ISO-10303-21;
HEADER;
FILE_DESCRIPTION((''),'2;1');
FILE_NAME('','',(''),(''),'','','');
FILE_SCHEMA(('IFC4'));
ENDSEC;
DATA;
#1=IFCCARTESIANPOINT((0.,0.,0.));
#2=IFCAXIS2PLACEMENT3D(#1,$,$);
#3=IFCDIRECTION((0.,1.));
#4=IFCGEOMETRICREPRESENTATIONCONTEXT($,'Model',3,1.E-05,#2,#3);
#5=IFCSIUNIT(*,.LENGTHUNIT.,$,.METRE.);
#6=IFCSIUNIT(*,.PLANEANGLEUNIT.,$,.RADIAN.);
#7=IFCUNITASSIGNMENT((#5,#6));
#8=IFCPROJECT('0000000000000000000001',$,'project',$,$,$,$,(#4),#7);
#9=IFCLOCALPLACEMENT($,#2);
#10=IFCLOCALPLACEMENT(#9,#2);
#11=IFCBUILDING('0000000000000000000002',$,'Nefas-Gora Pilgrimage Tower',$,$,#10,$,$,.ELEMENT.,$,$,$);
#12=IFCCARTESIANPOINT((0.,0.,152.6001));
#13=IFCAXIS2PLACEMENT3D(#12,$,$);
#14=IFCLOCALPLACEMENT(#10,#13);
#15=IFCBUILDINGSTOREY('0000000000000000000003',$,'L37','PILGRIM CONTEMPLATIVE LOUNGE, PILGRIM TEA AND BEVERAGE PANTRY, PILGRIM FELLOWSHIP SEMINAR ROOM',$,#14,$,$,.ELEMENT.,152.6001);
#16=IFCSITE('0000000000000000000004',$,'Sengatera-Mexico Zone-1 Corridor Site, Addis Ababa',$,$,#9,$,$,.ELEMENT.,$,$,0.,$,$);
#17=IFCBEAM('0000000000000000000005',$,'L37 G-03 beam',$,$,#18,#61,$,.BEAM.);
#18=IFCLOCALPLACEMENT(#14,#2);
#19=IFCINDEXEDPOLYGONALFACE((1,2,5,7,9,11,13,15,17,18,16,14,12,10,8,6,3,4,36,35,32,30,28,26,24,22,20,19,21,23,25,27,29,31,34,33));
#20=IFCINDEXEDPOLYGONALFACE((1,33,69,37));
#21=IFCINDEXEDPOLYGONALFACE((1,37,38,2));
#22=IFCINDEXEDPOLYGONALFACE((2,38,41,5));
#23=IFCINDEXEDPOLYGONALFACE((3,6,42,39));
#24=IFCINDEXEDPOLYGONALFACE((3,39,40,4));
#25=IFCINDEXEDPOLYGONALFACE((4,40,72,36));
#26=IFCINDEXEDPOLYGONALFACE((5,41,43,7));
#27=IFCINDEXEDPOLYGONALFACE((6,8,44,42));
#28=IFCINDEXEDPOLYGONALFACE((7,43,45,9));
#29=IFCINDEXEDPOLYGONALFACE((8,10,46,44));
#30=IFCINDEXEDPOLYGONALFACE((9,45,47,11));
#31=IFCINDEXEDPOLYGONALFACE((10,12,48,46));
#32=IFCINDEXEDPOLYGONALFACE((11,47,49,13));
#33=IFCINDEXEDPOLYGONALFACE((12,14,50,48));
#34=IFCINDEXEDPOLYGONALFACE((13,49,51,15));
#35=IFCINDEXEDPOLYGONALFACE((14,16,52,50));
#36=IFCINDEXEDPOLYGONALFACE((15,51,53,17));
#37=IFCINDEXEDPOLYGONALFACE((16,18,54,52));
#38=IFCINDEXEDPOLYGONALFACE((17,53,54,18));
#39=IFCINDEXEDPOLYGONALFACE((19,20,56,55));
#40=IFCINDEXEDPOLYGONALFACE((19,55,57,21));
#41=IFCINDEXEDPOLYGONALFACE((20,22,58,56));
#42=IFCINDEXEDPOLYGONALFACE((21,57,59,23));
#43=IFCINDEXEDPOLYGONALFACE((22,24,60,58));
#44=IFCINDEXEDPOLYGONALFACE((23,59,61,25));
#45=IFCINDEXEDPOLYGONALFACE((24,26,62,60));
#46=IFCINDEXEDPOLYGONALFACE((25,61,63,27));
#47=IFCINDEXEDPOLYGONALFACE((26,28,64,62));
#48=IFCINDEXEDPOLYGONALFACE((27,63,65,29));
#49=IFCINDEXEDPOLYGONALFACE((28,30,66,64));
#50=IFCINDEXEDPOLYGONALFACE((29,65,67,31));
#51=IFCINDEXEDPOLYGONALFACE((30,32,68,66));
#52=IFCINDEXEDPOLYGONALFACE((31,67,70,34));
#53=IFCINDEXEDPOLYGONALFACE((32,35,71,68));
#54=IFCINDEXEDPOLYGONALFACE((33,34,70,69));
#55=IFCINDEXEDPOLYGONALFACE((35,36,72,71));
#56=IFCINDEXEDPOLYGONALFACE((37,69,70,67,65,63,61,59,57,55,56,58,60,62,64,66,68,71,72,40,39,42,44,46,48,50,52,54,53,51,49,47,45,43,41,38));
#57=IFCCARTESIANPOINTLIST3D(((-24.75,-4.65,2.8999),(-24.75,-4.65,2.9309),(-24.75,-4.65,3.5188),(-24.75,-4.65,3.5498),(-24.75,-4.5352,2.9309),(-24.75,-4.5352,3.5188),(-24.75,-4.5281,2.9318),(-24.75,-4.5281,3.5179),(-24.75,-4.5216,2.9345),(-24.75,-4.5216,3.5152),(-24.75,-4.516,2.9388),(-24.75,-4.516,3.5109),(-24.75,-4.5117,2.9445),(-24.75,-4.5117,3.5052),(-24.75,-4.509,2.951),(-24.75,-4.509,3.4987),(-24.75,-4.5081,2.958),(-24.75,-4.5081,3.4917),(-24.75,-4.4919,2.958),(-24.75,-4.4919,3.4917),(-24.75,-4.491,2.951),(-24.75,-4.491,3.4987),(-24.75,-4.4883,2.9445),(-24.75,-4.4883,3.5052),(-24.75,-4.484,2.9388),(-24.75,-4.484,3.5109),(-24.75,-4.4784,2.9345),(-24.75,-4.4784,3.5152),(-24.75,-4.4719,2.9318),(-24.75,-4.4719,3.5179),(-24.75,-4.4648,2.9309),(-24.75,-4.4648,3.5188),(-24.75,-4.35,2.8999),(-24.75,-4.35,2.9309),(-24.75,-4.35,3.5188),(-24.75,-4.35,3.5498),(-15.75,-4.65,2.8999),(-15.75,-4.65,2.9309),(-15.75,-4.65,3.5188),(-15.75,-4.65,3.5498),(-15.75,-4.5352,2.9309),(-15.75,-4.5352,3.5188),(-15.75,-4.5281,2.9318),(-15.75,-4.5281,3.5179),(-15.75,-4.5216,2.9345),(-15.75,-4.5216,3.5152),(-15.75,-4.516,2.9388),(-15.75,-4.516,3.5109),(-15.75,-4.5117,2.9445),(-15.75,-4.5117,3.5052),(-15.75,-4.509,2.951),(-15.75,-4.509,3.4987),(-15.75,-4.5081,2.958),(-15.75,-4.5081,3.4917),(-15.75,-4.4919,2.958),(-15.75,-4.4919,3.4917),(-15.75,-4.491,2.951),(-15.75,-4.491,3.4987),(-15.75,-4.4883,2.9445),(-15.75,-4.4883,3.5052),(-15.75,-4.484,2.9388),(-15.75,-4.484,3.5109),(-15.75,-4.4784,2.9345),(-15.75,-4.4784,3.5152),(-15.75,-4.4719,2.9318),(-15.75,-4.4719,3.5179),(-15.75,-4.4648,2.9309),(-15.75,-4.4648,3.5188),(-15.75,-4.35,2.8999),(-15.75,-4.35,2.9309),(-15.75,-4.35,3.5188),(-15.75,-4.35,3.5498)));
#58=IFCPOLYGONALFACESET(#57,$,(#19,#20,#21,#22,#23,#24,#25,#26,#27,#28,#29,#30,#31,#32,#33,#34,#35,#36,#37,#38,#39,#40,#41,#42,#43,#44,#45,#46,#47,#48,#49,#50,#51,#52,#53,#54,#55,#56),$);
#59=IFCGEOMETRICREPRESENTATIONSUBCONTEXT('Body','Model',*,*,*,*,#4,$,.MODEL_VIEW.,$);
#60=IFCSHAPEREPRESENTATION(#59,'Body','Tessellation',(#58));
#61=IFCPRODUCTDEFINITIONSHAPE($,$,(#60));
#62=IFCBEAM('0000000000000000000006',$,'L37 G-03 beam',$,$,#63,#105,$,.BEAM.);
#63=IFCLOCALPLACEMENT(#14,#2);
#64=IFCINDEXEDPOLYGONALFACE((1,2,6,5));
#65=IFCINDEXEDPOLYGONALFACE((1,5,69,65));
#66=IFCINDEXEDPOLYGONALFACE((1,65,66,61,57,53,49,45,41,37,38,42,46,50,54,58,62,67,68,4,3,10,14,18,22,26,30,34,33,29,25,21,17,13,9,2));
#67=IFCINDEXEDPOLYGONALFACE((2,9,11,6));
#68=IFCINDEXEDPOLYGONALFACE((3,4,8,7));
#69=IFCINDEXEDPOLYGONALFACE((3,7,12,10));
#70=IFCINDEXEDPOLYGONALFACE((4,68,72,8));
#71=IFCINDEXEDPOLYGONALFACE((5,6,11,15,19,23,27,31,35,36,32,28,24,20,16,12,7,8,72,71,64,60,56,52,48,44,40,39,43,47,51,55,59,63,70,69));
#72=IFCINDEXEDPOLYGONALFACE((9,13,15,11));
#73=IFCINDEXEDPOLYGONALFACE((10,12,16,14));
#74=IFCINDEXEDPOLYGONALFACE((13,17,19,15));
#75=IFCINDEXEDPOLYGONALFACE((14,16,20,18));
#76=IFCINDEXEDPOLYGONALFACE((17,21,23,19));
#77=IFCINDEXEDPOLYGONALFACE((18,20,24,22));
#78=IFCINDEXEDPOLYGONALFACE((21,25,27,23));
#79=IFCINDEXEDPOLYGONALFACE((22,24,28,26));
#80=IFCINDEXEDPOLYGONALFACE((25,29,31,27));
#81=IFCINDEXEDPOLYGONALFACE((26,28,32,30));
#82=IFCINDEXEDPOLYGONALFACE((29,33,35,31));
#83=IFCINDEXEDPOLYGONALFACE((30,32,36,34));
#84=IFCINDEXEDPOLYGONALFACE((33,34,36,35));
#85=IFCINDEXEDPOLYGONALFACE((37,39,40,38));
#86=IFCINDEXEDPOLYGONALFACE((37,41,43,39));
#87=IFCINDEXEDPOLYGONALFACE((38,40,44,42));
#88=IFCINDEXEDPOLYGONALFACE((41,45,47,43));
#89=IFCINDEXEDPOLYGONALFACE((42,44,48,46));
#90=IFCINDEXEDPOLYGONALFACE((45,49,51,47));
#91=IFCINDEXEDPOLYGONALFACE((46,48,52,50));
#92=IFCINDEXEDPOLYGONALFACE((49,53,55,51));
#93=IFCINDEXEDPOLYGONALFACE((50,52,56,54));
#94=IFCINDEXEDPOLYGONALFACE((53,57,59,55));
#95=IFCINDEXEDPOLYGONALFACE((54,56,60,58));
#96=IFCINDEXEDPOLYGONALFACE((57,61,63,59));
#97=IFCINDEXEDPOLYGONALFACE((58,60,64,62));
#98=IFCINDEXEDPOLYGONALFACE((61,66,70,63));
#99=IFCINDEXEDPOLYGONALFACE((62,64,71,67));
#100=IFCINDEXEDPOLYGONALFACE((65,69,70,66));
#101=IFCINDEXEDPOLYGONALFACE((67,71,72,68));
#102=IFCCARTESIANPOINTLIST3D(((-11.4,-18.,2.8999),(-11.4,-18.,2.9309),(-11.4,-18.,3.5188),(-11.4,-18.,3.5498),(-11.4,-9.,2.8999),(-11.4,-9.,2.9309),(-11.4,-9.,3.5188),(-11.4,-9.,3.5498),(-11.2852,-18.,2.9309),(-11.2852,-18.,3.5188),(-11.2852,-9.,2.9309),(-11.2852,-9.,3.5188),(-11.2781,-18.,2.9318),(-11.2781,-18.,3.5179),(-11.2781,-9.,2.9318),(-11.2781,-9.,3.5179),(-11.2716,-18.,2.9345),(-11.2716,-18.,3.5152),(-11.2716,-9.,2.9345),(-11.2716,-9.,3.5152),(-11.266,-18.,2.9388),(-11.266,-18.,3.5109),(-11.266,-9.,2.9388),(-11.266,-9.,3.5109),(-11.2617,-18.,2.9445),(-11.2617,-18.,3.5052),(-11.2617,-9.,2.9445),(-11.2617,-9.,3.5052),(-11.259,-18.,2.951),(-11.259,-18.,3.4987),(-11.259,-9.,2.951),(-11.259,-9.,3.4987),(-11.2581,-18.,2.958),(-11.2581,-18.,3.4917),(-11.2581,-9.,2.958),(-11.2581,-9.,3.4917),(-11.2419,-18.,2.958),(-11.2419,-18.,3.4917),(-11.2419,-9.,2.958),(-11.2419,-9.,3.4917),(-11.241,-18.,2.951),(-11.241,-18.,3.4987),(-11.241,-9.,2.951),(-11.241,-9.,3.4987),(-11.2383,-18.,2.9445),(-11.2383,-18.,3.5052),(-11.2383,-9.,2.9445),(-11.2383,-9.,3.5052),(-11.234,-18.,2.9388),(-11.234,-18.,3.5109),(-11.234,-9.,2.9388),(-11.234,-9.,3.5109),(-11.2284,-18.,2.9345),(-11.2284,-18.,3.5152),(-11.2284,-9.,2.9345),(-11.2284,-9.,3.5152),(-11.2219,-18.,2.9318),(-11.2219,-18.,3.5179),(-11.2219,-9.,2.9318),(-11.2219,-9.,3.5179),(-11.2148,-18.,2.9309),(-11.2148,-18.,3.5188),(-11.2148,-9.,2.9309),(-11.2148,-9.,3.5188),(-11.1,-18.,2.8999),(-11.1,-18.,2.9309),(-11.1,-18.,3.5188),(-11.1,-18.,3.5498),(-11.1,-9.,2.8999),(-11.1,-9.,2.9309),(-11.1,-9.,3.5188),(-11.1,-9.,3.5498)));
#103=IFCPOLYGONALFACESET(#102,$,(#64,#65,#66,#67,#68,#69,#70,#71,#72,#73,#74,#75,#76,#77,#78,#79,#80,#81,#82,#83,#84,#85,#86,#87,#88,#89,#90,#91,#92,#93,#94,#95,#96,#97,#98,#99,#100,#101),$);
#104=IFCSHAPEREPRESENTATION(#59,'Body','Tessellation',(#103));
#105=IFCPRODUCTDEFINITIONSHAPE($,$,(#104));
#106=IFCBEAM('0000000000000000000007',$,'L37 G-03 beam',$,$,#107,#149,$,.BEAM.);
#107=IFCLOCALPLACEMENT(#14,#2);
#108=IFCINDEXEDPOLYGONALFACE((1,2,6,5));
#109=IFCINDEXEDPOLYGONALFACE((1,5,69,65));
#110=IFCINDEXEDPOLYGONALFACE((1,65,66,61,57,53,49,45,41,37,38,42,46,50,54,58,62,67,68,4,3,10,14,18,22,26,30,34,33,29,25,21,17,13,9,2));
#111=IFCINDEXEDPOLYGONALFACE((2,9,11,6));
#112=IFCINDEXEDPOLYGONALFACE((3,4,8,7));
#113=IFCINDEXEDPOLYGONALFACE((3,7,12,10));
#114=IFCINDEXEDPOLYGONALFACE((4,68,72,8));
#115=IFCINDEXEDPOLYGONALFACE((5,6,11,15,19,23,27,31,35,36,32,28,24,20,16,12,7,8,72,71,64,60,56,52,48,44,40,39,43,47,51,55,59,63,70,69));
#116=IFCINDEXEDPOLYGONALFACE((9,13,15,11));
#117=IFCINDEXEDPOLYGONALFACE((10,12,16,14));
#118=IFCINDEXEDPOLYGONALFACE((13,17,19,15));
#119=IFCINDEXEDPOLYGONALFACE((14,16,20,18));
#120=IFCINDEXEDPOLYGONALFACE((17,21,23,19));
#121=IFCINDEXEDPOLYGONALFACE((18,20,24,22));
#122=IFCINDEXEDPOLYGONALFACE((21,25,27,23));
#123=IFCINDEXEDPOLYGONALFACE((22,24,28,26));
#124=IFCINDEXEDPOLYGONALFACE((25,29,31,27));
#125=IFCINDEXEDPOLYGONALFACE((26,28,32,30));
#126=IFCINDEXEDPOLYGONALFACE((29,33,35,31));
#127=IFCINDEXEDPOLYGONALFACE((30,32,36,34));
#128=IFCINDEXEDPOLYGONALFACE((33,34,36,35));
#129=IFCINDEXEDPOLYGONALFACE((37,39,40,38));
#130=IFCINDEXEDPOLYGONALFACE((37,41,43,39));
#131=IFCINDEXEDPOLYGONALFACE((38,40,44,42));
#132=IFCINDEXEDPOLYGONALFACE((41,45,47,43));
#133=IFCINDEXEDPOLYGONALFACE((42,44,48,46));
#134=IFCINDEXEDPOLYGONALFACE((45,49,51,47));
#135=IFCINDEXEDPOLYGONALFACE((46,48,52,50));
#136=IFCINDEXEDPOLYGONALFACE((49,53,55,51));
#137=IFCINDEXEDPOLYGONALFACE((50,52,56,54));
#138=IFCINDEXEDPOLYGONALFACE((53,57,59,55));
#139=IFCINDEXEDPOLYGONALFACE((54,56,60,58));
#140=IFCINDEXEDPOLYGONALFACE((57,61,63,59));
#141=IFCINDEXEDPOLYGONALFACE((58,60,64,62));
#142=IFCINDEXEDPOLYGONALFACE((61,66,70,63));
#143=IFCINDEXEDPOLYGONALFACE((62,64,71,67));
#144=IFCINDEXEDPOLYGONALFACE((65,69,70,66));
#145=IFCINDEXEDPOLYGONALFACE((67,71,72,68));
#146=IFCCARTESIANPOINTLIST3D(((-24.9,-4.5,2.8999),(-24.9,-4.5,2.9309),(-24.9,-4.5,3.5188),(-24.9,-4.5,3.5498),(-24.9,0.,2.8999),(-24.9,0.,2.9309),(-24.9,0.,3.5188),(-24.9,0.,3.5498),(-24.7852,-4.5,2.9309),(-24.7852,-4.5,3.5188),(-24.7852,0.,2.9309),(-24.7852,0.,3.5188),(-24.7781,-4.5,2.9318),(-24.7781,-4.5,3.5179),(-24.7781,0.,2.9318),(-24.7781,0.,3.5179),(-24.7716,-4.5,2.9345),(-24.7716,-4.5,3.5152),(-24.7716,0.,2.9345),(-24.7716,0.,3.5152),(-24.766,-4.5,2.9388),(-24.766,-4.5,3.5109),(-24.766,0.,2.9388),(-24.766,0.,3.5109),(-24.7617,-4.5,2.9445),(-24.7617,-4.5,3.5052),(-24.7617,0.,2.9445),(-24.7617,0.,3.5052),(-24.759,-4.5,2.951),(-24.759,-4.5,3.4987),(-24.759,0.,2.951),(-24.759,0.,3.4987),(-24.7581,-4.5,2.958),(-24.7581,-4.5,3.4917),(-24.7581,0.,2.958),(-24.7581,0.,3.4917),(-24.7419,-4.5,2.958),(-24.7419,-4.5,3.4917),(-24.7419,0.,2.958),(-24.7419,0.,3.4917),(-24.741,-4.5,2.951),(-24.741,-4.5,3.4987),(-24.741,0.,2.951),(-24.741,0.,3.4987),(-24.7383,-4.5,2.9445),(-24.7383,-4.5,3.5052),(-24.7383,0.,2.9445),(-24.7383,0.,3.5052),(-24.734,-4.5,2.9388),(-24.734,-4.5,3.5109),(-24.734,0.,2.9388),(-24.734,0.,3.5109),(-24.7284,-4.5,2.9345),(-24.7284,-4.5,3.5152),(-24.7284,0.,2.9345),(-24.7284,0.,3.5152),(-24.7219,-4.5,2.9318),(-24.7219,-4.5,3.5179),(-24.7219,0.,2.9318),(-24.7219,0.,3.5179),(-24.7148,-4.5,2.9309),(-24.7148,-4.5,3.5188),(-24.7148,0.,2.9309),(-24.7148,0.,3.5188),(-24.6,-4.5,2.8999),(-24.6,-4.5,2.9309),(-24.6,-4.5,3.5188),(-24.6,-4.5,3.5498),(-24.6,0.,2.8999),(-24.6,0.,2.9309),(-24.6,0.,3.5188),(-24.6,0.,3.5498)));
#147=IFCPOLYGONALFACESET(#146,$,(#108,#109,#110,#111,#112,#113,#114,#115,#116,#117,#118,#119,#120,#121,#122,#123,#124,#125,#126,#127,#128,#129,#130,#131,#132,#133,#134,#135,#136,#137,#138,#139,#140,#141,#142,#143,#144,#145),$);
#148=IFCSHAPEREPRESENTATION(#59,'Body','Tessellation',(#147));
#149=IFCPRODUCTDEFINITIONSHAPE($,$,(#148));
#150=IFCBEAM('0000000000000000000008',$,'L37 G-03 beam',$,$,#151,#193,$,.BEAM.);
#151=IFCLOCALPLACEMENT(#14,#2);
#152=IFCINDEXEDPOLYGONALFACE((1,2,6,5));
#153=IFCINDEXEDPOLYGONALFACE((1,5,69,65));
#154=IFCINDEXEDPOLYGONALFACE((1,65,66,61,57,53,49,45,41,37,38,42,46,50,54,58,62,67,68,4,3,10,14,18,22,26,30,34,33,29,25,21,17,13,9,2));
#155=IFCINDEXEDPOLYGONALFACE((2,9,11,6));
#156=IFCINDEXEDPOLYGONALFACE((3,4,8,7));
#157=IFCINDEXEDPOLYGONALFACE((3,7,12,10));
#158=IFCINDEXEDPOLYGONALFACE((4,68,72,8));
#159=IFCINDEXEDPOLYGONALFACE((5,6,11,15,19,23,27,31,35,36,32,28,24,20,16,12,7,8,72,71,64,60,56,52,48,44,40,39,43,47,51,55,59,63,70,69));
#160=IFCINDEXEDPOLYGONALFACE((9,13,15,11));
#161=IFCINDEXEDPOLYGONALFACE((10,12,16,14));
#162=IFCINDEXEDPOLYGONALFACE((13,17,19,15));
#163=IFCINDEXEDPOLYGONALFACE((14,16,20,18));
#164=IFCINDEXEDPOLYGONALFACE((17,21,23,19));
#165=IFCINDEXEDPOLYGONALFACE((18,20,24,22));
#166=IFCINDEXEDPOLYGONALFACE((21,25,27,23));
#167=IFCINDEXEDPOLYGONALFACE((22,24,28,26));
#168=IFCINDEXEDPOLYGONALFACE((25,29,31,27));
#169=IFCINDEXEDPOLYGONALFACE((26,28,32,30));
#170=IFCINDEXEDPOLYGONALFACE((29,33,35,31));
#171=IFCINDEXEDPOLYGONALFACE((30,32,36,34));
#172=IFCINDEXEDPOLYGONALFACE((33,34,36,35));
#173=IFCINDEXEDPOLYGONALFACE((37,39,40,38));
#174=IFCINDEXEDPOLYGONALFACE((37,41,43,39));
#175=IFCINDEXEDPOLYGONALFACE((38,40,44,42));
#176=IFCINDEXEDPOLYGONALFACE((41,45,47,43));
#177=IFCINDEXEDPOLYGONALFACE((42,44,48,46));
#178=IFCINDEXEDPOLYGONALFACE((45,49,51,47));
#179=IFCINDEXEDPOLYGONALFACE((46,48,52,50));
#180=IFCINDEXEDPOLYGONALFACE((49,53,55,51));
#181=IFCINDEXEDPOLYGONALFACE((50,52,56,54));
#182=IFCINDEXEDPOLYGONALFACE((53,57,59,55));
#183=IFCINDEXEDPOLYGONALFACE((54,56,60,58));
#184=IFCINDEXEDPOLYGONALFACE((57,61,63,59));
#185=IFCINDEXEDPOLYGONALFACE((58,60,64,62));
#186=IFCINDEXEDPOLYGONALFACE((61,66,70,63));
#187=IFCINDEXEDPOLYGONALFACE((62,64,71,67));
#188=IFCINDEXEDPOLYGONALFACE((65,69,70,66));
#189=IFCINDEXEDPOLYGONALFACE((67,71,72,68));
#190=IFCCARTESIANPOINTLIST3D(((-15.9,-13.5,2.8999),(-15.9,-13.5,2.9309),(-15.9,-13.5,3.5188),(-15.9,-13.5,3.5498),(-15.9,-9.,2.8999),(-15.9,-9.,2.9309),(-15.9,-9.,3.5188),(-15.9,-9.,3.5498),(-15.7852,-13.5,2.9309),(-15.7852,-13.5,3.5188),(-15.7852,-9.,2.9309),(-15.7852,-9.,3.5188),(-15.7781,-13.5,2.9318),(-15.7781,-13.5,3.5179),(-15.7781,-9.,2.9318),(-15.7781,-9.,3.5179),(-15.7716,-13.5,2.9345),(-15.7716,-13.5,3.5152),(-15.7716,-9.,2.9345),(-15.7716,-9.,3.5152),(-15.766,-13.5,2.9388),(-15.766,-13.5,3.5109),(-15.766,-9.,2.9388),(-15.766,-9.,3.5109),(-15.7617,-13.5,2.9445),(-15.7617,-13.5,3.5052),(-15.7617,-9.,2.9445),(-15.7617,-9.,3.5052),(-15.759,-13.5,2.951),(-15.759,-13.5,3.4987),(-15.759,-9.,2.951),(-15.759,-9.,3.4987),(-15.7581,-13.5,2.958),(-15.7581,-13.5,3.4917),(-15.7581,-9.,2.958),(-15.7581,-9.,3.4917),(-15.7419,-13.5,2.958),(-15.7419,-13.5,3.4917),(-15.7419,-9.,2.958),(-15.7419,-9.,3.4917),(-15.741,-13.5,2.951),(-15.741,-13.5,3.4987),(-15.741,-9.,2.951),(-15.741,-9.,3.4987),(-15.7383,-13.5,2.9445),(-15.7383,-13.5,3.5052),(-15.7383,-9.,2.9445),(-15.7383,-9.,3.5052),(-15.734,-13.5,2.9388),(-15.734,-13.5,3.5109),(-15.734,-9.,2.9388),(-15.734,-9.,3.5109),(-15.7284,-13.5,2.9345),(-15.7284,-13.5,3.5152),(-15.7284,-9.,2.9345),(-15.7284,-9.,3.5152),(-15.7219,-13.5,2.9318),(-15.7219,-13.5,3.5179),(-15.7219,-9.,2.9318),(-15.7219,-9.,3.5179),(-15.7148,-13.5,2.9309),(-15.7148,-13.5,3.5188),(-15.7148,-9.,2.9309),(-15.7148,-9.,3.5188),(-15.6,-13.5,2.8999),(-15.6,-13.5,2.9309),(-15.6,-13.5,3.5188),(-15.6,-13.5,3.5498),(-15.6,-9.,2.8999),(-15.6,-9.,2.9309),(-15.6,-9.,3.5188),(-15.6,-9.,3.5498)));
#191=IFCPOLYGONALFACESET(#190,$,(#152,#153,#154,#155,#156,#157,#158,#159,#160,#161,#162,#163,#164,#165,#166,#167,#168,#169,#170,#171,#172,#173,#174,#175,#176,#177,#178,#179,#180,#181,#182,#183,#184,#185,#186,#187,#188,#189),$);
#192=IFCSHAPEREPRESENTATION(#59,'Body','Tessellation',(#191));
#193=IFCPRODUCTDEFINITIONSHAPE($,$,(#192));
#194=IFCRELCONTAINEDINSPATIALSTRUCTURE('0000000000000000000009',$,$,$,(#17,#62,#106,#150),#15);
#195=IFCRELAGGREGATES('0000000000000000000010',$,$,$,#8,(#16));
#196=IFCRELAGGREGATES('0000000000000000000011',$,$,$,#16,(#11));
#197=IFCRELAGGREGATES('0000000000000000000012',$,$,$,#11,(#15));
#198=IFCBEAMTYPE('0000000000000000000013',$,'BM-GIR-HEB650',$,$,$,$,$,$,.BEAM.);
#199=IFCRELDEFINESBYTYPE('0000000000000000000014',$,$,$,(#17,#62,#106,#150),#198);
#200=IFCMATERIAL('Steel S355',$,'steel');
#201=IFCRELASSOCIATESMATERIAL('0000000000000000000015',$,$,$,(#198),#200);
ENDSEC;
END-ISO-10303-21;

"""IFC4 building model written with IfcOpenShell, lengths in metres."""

from ifc_helpers import new_model, si_unit, direction, frame, origin, origin_2d, place, context, subcontext, project, spatial, i_section, extrude, source, transform, mapped, material, material_profile, profile_set, type_object, element, save


model = new_model("IFC4")

# Units and contexts
model_context = context("Model", 3, precision=1e-05, world=origin(), true_north=direction((0.0, 1.0)))
body_context = subcontext(model_context, "Body", "Model", "MODEL_VIEW")
ifc_project = project(units=[si_unit("LENGTHUNIT", "METRE"), si_unit("PLANEANGLEUNIT", "RADIAN")], contexts=[model_context])

# Site, building, storey
site_placement = place(None, origin())
site = spatial("IfcSite", under=ifc_project, at=site_placement, Name="Sengatera-Mexico Zone-1 Corridor Site, Addis Ababa", CompositionType="ELEMENT", RefElevation=0.0)
building_placement = place(site_placement, origin())
building = spatial("IfcBuilding", under=site, at=building_placement, Name="Nefas-Gora Pilgrimage Tower", CompositionType="ELEMENT")
storey_placement = place(building_placement, frame((0.0, 0.0, 152.6001)))
storey = spatial("IfcBuildingStorey", under=building, at=storey_placement, Name="L37", Description="PILGRIM CONTEMPLATIVE LOUNGE, PILGRIM TEA AND BEVERAGE PANTRY, PILGRIM FELLOWSHIP SEMINAR ROOM", CompositionType="ELEMENT", Elevation=152.6001)

# Beams
ifc_material_1 = material(Name="Steel S355", Category="steel")
ifc_material_profile_1 = material_profile(ifc_material_1, i_section(OverallWidth=0.3, OverallDepth=0.6499, WebThickness=0.0161, FlangeThickness=0.031, FilletRadius=0.0271, at=origin_2d()), Name="HEB 650")
ifc_profile_set_1 = profile_set([ifc_material_profile_1], Name="Steel S355")
beam_type = type_object("IfcBeamType", Name="BM-GIR-HEB650", PredefinedType="BEAM", material=ifc_profile_set_1)
shared_shape_1 = source(origin(), body_context, "Body", "SweptSolid", [
    extrude(i_section(OverallWidth=0.3, OverallDepth=0.6499, WebThickness=0.0161, FlangeThickness=0.031, FilletRadius=0.0271, at=origin_2d()), origin(), (0.0, 0.0, 1.0), 9.0),
])
for number, where, z_axis, x_axis, name in (
    (1, (-24.75, -4.5, 3.2249), (1.0, 0.0, 0.0), (0.0, 1.0, 0.0), "L37 G-03 beam"),
    (2, (-11.25, -18.0, 3.2249), (0.0, 1.0, 0.0), (-1.0, 0.0, 0.0), "L37 G-03 beam"),
):
    element("IfcBeam", number, at=place(storey_placement, frame(where, z_axis=z_axis, x_axis=x_axis)), inside=storey, type_object=beam_type, Name=name, PredefinedType="BEAM", context=body_context, shape_type="MappedRepresentation", body=[
        mapped(shared_shape_1, transform((0.0, 0.0, 0.0), x_axis=(1.0, 0.0, 0.0), y_axis=(0.0, 1.0, 0.0), z_axis=(0.0, 0.0, 1.0), scale=1.0)),
    ])
shared_shape_2 = source(origin(), body_context, "Body", "SweptSolid", [
    extrude(i_section(OverallWidth=0.3, OverallDepth=0.6499, WebThickness=0.0161, FlangeThickness=0.031, FilletRadius=0.0271, at=origin_2d()), origin(), (0.0, 0.0, 1.0), 4.5),
])
for number, where, z_axis, x_axis, name in (
    (3, (-24.75, -4.5, 3.2249), (0.0, 1.0, 0.0), (-1.0, 0.0, 0.0), "L37 G-03 beam"),
    (4, (-15.75, -13.5, 3.2249), (0.0, 1.0, 0.0), (-1.0, 0.0, 0.0), "L37 G-03 beam"),
):
    element("IfcBeam", number, at=place(storey_placement, frame(where, z_axis=z_axis, x_axis=x_axis)), inside=storey, type_object=beam_type, Name=name, PredefinedType="BEAM", context=body_context, shape_type="MappedRepresentation", body=[
        mapped(shared_shape_2, transform((0.0, 0.0, 0.0), x_axis=(1.0, 0.0, 0.0), y_axis=(0.0, 1.0, 0.0), z_axis=(0.0, 0.0, 1.0), scale=1.0)),
    ])

save(model, "model.ifc")
